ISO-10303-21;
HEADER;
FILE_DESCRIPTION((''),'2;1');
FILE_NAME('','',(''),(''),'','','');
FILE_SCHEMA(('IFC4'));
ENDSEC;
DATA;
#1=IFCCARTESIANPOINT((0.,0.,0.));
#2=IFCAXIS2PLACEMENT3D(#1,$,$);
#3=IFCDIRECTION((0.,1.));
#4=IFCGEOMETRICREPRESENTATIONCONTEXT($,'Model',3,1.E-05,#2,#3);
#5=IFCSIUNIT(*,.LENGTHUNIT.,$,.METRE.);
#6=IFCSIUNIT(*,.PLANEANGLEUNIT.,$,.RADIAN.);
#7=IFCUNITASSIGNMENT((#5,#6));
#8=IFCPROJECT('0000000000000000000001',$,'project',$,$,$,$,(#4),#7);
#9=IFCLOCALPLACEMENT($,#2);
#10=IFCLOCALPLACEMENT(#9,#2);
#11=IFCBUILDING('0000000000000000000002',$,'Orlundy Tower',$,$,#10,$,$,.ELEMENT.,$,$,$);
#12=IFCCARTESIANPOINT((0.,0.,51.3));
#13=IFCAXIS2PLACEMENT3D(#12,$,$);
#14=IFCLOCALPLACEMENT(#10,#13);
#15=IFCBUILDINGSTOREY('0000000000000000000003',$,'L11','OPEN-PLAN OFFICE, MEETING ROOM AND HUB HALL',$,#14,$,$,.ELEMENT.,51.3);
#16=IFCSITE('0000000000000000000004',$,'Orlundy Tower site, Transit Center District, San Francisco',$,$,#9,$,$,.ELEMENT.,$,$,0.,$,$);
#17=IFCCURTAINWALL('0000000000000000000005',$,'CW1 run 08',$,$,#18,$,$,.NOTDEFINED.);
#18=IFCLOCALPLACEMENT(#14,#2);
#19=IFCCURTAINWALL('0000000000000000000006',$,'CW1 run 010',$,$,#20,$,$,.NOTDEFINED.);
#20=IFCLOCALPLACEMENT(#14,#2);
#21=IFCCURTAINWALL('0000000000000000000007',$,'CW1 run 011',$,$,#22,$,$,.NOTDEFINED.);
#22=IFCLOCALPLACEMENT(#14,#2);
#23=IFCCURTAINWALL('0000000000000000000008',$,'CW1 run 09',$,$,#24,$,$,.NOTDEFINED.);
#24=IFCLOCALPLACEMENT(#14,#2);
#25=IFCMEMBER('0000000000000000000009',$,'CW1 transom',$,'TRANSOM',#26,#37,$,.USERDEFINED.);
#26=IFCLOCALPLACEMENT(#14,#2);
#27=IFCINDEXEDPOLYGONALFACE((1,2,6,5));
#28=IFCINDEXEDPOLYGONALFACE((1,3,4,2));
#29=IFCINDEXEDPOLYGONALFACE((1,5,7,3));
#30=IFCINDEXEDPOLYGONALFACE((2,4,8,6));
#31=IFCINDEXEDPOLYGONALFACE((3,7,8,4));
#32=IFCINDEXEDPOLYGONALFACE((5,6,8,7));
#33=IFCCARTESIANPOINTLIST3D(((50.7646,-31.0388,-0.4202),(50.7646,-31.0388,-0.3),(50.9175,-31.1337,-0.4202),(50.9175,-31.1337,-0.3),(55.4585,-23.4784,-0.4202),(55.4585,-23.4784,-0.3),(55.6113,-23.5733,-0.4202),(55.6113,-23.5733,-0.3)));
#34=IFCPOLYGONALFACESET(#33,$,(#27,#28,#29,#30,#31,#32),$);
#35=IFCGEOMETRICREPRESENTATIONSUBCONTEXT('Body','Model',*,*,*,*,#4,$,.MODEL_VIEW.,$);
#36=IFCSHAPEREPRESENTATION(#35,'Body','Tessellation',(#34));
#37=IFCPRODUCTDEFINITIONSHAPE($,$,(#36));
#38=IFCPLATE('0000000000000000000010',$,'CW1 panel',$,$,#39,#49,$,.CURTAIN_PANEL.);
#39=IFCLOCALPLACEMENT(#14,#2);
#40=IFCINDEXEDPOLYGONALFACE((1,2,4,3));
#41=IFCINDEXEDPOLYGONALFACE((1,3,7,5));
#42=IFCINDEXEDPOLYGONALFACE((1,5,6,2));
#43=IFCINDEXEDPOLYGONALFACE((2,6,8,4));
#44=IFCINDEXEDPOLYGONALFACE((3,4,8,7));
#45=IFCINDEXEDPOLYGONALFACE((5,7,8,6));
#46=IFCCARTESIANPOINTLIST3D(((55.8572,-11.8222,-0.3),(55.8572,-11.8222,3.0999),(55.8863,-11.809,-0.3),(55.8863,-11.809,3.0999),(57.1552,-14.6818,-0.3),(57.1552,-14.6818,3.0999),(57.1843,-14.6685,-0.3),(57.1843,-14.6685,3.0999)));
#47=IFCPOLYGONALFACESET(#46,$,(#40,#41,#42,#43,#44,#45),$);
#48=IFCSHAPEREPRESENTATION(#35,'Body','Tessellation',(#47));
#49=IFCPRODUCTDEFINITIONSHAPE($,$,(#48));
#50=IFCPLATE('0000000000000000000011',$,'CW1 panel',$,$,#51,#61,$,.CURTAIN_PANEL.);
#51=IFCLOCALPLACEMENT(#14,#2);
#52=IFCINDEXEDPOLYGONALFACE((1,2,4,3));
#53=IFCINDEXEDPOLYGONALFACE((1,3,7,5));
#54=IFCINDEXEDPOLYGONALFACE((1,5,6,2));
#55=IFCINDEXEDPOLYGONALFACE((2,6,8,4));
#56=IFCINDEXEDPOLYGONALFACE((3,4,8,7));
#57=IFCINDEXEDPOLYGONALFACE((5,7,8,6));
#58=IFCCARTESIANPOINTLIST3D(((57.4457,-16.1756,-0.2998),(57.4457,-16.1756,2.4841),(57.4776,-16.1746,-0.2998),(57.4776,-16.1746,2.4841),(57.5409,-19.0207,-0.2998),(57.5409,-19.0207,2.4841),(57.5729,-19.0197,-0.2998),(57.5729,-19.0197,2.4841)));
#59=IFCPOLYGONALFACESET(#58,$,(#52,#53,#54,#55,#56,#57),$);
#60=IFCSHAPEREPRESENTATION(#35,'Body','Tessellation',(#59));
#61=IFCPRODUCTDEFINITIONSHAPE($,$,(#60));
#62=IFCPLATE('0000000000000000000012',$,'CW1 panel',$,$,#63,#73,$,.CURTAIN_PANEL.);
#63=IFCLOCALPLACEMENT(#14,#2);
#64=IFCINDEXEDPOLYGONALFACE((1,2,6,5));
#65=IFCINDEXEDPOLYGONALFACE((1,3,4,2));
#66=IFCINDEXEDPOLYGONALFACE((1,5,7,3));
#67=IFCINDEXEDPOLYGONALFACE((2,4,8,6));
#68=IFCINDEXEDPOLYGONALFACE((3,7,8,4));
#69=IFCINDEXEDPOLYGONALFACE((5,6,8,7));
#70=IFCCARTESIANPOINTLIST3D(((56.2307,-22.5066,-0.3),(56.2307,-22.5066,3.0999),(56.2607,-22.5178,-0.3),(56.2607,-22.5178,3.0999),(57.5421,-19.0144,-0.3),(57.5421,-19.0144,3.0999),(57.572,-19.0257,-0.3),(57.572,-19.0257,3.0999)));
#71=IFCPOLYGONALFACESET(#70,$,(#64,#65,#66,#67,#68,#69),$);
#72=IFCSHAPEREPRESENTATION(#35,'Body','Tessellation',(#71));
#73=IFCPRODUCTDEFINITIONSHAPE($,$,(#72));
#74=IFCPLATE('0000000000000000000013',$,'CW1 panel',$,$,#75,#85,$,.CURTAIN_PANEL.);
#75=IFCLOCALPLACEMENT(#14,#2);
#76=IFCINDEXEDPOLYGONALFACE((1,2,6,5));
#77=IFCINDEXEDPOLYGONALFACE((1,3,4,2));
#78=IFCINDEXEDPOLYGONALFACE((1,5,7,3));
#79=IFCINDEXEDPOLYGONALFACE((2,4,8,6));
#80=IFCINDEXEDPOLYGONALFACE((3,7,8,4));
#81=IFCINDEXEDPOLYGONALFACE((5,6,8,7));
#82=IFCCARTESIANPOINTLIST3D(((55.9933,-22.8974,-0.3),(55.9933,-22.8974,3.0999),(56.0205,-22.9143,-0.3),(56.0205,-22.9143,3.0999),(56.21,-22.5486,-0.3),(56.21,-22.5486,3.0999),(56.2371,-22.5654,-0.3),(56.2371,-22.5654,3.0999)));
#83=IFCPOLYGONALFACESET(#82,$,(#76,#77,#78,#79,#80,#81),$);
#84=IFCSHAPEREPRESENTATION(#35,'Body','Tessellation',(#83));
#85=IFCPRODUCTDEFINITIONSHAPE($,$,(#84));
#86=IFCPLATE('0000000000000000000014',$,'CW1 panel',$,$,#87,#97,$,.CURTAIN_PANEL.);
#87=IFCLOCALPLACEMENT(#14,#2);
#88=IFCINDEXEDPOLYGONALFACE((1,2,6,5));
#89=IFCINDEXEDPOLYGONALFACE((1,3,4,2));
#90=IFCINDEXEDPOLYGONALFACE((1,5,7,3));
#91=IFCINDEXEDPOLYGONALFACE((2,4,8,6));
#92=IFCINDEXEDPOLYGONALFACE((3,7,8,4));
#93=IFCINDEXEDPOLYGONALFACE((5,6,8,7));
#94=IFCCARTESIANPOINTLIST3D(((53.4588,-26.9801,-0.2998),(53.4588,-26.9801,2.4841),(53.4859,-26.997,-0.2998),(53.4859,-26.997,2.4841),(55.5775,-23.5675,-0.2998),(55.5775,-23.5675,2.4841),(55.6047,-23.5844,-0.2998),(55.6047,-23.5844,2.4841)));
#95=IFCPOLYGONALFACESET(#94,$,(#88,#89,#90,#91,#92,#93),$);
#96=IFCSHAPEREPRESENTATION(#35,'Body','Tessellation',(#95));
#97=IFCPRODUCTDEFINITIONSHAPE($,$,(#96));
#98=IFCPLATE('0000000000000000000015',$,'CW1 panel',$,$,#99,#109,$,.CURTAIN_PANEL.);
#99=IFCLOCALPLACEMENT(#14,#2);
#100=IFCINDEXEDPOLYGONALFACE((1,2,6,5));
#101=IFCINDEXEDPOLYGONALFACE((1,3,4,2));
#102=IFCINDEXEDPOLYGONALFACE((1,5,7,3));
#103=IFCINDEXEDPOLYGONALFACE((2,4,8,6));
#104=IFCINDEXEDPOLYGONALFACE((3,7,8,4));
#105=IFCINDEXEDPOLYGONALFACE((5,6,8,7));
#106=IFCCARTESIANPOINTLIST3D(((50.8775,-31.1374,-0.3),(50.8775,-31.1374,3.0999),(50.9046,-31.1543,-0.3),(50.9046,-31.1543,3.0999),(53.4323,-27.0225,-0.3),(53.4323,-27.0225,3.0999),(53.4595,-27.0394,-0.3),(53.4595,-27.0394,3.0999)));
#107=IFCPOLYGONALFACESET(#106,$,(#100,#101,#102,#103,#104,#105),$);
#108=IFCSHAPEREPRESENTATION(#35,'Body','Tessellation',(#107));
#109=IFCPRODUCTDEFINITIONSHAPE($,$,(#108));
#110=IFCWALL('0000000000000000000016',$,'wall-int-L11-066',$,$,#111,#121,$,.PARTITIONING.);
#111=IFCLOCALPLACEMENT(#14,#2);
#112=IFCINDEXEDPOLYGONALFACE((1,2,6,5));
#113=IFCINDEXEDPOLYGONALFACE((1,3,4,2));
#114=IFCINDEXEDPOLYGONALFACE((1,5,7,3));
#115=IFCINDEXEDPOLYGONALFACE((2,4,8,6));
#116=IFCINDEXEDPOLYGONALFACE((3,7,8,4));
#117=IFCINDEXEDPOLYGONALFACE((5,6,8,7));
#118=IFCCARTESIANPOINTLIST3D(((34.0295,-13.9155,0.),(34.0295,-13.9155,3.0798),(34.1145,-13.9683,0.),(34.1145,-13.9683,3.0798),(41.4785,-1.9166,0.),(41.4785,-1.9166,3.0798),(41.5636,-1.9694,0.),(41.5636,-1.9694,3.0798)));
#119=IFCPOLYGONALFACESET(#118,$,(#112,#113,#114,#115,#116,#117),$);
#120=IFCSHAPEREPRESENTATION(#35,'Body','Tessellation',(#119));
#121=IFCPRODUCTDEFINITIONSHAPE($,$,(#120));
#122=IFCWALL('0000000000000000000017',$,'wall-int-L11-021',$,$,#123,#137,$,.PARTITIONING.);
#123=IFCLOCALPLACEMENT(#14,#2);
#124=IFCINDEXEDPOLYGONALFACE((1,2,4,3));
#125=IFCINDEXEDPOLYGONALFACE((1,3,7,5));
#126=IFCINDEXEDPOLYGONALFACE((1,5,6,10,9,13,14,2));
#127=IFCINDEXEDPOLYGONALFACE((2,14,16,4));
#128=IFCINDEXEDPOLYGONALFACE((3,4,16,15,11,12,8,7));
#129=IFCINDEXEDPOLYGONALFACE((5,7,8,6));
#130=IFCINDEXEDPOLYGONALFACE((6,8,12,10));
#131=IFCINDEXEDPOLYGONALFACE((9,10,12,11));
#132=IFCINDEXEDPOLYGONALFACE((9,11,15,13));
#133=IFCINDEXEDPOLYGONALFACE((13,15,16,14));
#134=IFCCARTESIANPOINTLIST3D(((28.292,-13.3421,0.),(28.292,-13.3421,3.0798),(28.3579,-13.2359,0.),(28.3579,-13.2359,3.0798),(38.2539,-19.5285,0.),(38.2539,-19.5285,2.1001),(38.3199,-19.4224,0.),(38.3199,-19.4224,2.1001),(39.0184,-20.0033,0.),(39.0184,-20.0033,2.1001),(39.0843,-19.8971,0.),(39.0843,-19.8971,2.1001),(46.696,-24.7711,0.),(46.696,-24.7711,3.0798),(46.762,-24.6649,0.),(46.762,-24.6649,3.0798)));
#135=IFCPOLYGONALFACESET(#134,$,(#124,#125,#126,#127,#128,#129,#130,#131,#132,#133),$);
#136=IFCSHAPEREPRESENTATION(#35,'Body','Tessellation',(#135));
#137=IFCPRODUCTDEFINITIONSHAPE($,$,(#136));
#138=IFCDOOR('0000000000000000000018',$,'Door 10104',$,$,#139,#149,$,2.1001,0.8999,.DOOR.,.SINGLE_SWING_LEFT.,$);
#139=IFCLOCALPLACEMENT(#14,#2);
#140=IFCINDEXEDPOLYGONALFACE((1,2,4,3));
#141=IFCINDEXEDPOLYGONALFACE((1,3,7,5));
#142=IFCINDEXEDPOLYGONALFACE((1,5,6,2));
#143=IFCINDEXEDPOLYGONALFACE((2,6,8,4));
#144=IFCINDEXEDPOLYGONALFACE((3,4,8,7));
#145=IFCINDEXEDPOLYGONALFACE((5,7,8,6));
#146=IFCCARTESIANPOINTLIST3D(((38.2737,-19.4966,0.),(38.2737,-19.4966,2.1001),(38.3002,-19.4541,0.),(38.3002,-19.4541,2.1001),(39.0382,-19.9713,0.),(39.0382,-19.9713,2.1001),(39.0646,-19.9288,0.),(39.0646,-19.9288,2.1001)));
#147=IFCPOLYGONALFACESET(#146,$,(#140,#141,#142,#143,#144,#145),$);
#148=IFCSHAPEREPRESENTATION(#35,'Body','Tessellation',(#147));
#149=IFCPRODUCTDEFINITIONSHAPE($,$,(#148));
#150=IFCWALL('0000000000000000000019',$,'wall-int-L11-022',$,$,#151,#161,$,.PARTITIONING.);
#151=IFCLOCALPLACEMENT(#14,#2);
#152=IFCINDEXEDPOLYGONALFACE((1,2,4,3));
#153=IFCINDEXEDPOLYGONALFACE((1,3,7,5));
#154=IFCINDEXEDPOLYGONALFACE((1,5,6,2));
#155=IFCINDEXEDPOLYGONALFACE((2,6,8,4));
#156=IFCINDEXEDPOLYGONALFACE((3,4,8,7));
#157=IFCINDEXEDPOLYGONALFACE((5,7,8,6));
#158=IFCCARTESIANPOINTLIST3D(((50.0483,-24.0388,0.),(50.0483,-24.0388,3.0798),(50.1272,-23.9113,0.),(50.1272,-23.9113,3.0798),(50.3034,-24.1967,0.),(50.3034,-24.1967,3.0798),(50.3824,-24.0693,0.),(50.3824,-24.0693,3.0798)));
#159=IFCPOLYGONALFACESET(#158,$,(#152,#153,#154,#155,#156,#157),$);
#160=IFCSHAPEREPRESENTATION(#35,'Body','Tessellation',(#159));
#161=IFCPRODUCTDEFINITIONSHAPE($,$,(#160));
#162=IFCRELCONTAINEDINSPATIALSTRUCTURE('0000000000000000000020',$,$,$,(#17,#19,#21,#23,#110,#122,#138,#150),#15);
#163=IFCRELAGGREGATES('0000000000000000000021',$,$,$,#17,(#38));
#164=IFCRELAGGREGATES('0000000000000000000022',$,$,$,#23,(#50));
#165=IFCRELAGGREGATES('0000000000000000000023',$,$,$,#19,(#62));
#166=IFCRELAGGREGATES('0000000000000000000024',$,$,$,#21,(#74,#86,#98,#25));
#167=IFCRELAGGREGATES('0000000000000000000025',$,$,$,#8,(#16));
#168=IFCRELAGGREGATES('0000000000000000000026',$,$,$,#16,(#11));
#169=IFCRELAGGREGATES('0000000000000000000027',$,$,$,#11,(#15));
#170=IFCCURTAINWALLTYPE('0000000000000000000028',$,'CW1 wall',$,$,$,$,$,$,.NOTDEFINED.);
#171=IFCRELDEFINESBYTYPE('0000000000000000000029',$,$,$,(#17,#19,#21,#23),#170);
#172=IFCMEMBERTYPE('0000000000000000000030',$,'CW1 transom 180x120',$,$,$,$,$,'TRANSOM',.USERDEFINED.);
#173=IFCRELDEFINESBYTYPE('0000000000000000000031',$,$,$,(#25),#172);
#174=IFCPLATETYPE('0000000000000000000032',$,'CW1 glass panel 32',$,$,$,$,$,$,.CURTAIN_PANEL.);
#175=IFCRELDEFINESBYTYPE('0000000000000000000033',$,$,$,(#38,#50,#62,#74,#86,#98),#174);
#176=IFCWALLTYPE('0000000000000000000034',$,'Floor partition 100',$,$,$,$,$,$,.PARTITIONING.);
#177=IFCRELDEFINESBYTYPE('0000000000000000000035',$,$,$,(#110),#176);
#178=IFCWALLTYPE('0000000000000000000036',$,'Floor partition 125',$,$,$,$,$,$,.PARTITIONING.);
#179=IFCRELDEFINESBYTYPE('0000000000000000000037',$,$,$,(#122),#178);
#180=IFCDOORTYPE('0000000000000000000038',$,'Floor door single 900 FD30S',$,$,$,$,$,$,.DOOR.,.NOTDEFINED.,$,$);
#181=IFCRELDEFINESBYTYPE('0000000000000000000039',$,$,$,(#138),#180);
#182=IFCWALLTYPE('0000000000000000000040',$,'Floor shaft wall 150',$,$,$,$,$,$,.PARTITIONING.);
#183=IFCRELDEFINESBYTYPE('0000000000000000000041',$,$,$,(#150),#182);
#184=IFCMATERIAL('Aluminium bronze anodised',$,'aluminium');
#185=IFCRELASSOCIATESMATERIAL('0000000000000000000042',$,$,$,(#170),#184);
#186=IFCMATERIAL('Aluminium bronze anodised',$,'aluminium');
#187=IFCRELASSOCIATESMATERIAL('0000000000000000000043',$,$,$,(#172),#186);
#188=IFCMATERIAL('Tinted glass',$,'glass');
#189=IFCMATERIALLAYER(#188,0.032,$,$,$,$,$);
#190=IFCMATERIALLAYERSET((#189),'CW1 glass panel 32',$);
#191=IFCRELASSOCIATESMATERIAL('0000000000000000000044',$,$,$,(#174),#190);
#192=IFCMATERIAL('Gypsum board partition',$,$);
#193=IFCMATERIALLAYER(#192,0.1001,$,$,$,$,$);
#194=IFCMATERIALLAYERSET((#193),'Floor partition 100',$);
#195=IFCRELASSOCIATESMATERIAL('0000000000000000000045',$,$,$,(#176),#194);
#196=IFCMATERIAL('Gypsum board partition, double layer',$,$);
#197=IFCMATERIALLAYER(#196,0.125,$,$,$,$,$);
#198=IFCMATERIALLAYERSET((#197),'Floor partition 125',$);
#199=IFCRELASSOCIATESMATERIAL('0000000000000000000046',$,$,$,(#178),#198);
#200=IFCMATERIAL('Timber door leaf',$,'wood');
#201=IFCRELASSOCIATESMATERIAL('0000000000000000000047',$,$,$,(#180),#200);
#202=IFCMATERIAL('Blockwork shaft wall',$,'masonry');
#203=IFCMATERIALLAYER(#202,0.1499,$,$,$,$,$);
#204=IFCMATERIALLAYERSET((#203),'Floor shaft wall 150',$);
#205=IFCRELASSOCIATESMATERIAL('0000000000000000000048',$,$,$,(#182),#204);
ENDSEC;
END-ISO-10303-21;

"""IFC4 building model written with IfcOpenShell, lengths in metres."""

from ifc_helpers import new_model, si_unit, direction, frame, frame_2d, origin, origin_2d, place, context, subcontext, project, spatial, rectangle, extrude, material, layer, layer_set, material_profile, profile_set, type_object, element, fill, aggregate, save


model = new_model("IFC4")

# Units and contexts
model_context = context("Model", 3, precision=1e-05, world=origin(), true_north=direction((0.0, 1.0)))
body_context = subcontext(model_context, "Body", "Model", "MODEL_VIEW")
ifc_project = project(units=[si_unit("LENGTHUNIT", "METRE"), si_unit("PLANEANGLEUNIT", "RADIAN")], contexts=[model_context])

# Site, building, storey
site_placement = place(None, origin())
site = spatial("IfcSite", under=ifc_project, at=site_placement, Name="Orlundy Tower site, Transit Center District, San Francisco", CompositionType="ELEMENT", RefElevation=0.0)
building_placement = place(site_placement, origin())
building = spatial("IfcBuilding", under=site, at=building_placement, Name="Orlundy Tower", CompositionType="ELEMENT")
storey_placement = place(building_placement, frame((0.0, 0.0, 51.3)))
storey = spatial("IfcBuildingStorey", under=building, at=storey_placement, Name="L11", Description="OPEN-PLAN OFFICE, MEETING ROOM AND HUB HALL", CompositionType="ELEMENT", Elevation=51.3)

# Curtain walls
ifc_material_1 = material(Name="Aluminium bronze anodised", Category="aluminium")
curtain_wall_type = type_object("IfcCurtainWallType", Name="CW1 wall", PredefinedType="NOTDEFINED", material=ifc_material_1)
curtain_wall_1_placement = place(storey_placement, origin())
curtain_wall_1 = element("IfcCurtainWall", 1, at=curtain_wall_1_placement, inside=storey, type_object=curtain_wall_type, Name="CW1 run 08", PredefinedType="NOTDEFINED")
curtain_wall_2_placement = place(storey_placement, origin())
curtain_wall_2 = element("IfcCurtainWall", 2, at=curtain_wall_2_placement, inside=storey, type_object=curtain_wall_type, Name="CW1 run 010", PredefinedType="NOTDEFINED")

# Curtain wall
curtain_wall_3_placement = place(storey_placement, origin())
curtain_wall_3 = element("IfcCurtainWall", 3, at=curtain_wall_3_placement, inside=storey, type_object=curtain_wall_type, Name="CW1 run 011", PredefinedType="NOTDEFINED")

# Shared definitions
ifc_material_2 = material(Name="Aluminium bronze anodised", Category="aluminium")
ifc_material_profile_1 = material_profile(ifc_material_2, rectangle(XDim=0.1799, YDim=0.1201, at=origin_2d()), Name="CW1 transom 180x120")
ifc_profile_set_1 = profile_set([ifc_material_profile_1], Name="Aluminium bronze anodised")
member_type_1 = type_object("IfcMemberType", Name="CW1 transom 180x120", ElementType="TRANSOM", PredefinedType="USERDEFINED", material=ifc_profile_set_1)

# Curtain wall
curtain_wall_4_placement = place(storey_placement, origin())
curtain_wall_4 = element("IfcCurtainWall", 4, at=curtain_wall_4_placement, inside=storey, type_object=curtain_wall_type, Name="CW1 run 09", PredefinedType="NOTDEFINED")

# Member
member_1_placement = place(storey_placement, frame((55.5349, -23.5259, -0.3601), z_axis=(-0.527464, -0.849577, 0.0), x_axis=(0.849577, -0.527464, 0.0)))
member_1 = element("IfcMember", 5, at=member_1_placement, type_object=member_type_1, Name="CW1 transom", ObjectType="TRANSOM", PredefinedType="USERDEFINED", context=body_context, shape_type="SweptSolid", body=[
    extrude(rectangle(XDim=0.1799, YDim=0.1201, at=origin_2d()), origin(), (0.0, 0.0, 1.0), 8.8989),
])

# Plates
ifc_material_3 = material(Name="Tinted glass", Category="glass")
ifc_layer_1 = layer(ifc_material_3, 0.032)
ifc_layer_set_1 = layer_set([ifc_layer_1], Name="CW1 glass panel 32")
plate_type = type_object("IfcPlateType", Name="CW1 glass panel 32", PredefinedType="CURTAIN_PANEL", material=ifc_layer_set_1)
plate_1_placement = place(storey_placement, frame((56.5208, -13.2454, -0.3), z_axis=(0.0, 0.0, 1.0), x_axis=(0.413335, -0.910579, 0.0)))
plate_1 = element("IfcPlate", 6, at=plate_1_placement, type_object=plate_type, Name="CW1 panel", PredefinedType="CURTAIN_PANEL", context=body_context, shape_type="SweptSolid", body=[
    extrude(rectangle(XDim=3.1404, YDim=0.032, at=origin_2d()), origin(), (0.0, 0.0, 1.0), 3.3999),
])
aggregate(curtain_wall_1, [plate_1])
plate_2_placement = place(storey_placement, frame((57.5093, -17.5977, -0.2998), z_axis=(0.0, 0.0, 1.0), x_axis=(0.03345, -0.99944, 0.0)))
plate_2 = element("IfcPlate", 7, at=plate_2_placement, type_object=plate_type, Name="CW1 panel", PredefinedType="CURTAIN_PANEL", context=body_context, shape_type="SweptSolid", body=[
    extrude(rectangle(XDim=2.8467, YDim=0.032, at=origin_2d()), origin(), (0.0, 0.0, 1.0), 2.7839),
])
aggregate(curtain_wall_4, [plate_2])
plate_3_placement = place(storey_placement, frame((56.9014, -20.7661, -0.3), z_axis=(0.0, 0.0, 1.0), x_axis=(-0.351537, -0.936174, 0.0)))
plate_3 = element("IfcPlate", 8, at=plate_3_placement, type_object=plate_type, Name="CW1 panel", PredefinedType="CURTAIN_PANEL", context=body_context, shape_type="SweptSolid", body=[
    extrude(rectangle(XDim=3.7302, YDim=0.032, at=origin_2d()), origin(), (0.0, 0.0, 1.0), 3.3999),
])
aggregate(curtain_wall_2, [plate_3])
plate_4_placement = place(storey_placement, frame((56.1152, -22.7314, -0.3), z_axis=(0.0, 0.0, 1.0), x_axis=(-0.527475, -0.84957, 0.0)))
plate_4 = element("IfcPlate", 9, at=plate_4_placement, type_object=plate_type, Name="CW1 panel", PredefinedType="CURTAIN_PANEL", context=body_context, shape_type="SweptSolid", body=[
    extrude(rectangle(XDim=0.4106, YDim=0.032, at=origin_2d()), origin(), (0.0, 0.0, 1.0), 3.3999),
])
plate_5_placement = place(storey_placement, frame((54.5317, -25.2822, -0.2998), z_axis=(0.0, 0.0, 1.0), x_axis=(-0.527475, -0.84957, 0.0)))
plate_5 = element("IfcPlate", 10, at=plate_5_placement, type_object=plate_type, Name="CW1 panel", PredefinedType="CURTAIN_PANEL", context=body_context, shape_type="SweptSolid", body=[
    extrude(rectangle(XDim=4.0168, YDim=0.032, at=origin_2d()), origin(), (0.0, 0.0, 1.0), 2.7839),
])
plate_6_placement = place(storey_placement, frame((52.1685, -29.0884, -0.3), z_axis=(0.0, 0.0, 1.0), x_axis=(-0.527475, -0.84957, 0.0)))
plate_6 = element("IfcPlate", 11, at=plate_6_placement, type_object=plate_type, Name="CW1 panel", PredefinedType="CURTAIN_PANEL", context=body_context, shape_type="SweptSolid", body=[
    extrude(rectangle(XDim=4.8435, YDim=0.032, at=origin_2d()), origin(), (0.0, 0.0, 1.0), 3.3999),
])
aggregate(curtain_wall_3, [plate_4, plate_5, plate_6, member_1])

# Wall
ifc_material_4 = material(Name="Gypsum board partition")
ifc_layer_2 = layer(ifc_material_4, 0.1001)
ifc_layer_set_2 = layer_set([ifc_layer_2], Name="Floor partition 100")
wall_type_1 = type_object("IfcWallType", Name="Floor partition 100", PredefinedType="PARTITIONING", material=ifc_layer_set_2)
wall_1_placement = place(storey_placement, frame((34.072, -13.9419, 0.0), z_axis=(0.0, 0.0, 1.0), x_axis=(0.527437, 0.849594, 0.0)))
element("IfcWall", 12, at=wall_1_placement, inside=storey, type_object=wall_type_1, Name="wall-int-L11-066", PredefinedType="PARTITIONING", context=body_context, shape_type="SweptSolid", body=[
    extrude(rectangle(XDim=14.123, YDim=0.1001, at=frame_2d((7.0615, 0.0))), origin(), (0.0, 0.0, 1.0), 3.0798),
])

# Wall, opening, door
ifc_material_5 = material(Name="Gypsum board partition, double layer")
ifc_layer_3 = layer(ifc_material_5, 0.125)
ifc_layer_set_3 = layer_set([ifc_layer_3], Name="Floor partition 125")
wall_type_2 = type_object("IfcWallType", Name="Floor partition 125", PredefinedType="PARTITIONING", material=ifc_layer_set_3)
wall_2_placement = place(storey_placement, frame((46.729, -24.718, 0.0), z_axis=(0.0, 0.0, 1.0), x_axis=(-0.849521, 0.527554, 0.0)))
wall_2 = element("IfcWall", 13, at=wall_2_placement, inside=storey, type_object=wall_type_2, Name="wall-int-L11-021", PredefinedType="PARTITIONING", context=body_context, shape_type="SweptSolid", body=[
    extrude(rectangle(XDim=21.6641, YDim=0.125, at=frame_2d((10.832, 0.0))), origin(), (0.0, 0.0, 1.0), 3.0798),
])
opening_1_placement = place(wall_2_placement, frame((9.0376, 0.0, 0.0)))
opening_1 = element("IfcOpeningElement", 14, at=opening_1_placement, cuts=wall_2, PredefinedType="OPENING", context=body_context, shape_type="SweptSolid", body=[
    extrude(rectangle(XDim=0.8999, YDim=2.1001, at=frame_2d((0.45, 1.05))), frame((0.0, 0.0725, 0.0), z_axis=(0.0, -1.0, 0.0), x_axis=(1.0, 0.0, 0.0)), (0.0, 0.0, 1.0), 0.145),
])
ifc_material_6 = material(Name="Timber door leaf", Category="wood")
door_type_1 = type_object("IfcDoorType", Name="Floor door single 900 FD30S", OperationType="NOTDEFINED", PredefinedType="DOOR", material=ifc_material_6)
door_1_placement = place(opening_1_placement, origin())
door_1 = element("IfcDoor", 15, at=door_1_placement, inside=storey, type_object=door_type_1, Name="Door 10104", OperationType="SINGLE_SWING_LEFT", OverallHeight=2.1001, OverallWidth=0.8999, PredefinedType="DOOR", context=body_context, shape_type="SweptSolid", body=[
    extrude(rectangle(XDim=0.8999, YDim=2.1001, at=frame_2d((0.45, 1.05))), frame((0.0, 0.0249, 0.0), z_axis=(0.0, -1.0, 0.0), x_axis=(1.0, 0.0, 0.0)), (0.0, 0.0, 1.0), 0.05),
])
fill(opening_1, door_1)

# Wall
ifc_material_7 = material(Name="Blockwork shaft wall", Category="masonry")
ifc_layer_4 = layer(ifc_material_7, 0.1499)
ifc_layer_set_4 = layer_set([ifc_layer_4], Name="Floor shaft wall 150")
wall_type_3 = type_object("IfcWallType", Name="Floor shaft wall 150", PredefinedType="PARTITIONING", material=ifc_layer_set_4)
wall_3_placement = place(storey_placement, frame((50.0879, -23.9751, 0.0), z_axis=(0.0, 0.0, 1.0), x_axis=(0.85023, -0.526411, 0.0)))
element("IfcWall", 16, at=wall_3_placement, inside=storey, type_object=wall_type_3, Name="wall-int-L11-022", PredefinedType="PARTITIONING", context=body_context, shape_type="SweptSolid", body=[
    extrude(rectangle(XDim=0.3, YDim=0.1499, at=frame_2d((0.1499, 0.0))), origin(), (0.0, 0.0, 1.0), 3.0798),
])

save(model, "model.ifc")
